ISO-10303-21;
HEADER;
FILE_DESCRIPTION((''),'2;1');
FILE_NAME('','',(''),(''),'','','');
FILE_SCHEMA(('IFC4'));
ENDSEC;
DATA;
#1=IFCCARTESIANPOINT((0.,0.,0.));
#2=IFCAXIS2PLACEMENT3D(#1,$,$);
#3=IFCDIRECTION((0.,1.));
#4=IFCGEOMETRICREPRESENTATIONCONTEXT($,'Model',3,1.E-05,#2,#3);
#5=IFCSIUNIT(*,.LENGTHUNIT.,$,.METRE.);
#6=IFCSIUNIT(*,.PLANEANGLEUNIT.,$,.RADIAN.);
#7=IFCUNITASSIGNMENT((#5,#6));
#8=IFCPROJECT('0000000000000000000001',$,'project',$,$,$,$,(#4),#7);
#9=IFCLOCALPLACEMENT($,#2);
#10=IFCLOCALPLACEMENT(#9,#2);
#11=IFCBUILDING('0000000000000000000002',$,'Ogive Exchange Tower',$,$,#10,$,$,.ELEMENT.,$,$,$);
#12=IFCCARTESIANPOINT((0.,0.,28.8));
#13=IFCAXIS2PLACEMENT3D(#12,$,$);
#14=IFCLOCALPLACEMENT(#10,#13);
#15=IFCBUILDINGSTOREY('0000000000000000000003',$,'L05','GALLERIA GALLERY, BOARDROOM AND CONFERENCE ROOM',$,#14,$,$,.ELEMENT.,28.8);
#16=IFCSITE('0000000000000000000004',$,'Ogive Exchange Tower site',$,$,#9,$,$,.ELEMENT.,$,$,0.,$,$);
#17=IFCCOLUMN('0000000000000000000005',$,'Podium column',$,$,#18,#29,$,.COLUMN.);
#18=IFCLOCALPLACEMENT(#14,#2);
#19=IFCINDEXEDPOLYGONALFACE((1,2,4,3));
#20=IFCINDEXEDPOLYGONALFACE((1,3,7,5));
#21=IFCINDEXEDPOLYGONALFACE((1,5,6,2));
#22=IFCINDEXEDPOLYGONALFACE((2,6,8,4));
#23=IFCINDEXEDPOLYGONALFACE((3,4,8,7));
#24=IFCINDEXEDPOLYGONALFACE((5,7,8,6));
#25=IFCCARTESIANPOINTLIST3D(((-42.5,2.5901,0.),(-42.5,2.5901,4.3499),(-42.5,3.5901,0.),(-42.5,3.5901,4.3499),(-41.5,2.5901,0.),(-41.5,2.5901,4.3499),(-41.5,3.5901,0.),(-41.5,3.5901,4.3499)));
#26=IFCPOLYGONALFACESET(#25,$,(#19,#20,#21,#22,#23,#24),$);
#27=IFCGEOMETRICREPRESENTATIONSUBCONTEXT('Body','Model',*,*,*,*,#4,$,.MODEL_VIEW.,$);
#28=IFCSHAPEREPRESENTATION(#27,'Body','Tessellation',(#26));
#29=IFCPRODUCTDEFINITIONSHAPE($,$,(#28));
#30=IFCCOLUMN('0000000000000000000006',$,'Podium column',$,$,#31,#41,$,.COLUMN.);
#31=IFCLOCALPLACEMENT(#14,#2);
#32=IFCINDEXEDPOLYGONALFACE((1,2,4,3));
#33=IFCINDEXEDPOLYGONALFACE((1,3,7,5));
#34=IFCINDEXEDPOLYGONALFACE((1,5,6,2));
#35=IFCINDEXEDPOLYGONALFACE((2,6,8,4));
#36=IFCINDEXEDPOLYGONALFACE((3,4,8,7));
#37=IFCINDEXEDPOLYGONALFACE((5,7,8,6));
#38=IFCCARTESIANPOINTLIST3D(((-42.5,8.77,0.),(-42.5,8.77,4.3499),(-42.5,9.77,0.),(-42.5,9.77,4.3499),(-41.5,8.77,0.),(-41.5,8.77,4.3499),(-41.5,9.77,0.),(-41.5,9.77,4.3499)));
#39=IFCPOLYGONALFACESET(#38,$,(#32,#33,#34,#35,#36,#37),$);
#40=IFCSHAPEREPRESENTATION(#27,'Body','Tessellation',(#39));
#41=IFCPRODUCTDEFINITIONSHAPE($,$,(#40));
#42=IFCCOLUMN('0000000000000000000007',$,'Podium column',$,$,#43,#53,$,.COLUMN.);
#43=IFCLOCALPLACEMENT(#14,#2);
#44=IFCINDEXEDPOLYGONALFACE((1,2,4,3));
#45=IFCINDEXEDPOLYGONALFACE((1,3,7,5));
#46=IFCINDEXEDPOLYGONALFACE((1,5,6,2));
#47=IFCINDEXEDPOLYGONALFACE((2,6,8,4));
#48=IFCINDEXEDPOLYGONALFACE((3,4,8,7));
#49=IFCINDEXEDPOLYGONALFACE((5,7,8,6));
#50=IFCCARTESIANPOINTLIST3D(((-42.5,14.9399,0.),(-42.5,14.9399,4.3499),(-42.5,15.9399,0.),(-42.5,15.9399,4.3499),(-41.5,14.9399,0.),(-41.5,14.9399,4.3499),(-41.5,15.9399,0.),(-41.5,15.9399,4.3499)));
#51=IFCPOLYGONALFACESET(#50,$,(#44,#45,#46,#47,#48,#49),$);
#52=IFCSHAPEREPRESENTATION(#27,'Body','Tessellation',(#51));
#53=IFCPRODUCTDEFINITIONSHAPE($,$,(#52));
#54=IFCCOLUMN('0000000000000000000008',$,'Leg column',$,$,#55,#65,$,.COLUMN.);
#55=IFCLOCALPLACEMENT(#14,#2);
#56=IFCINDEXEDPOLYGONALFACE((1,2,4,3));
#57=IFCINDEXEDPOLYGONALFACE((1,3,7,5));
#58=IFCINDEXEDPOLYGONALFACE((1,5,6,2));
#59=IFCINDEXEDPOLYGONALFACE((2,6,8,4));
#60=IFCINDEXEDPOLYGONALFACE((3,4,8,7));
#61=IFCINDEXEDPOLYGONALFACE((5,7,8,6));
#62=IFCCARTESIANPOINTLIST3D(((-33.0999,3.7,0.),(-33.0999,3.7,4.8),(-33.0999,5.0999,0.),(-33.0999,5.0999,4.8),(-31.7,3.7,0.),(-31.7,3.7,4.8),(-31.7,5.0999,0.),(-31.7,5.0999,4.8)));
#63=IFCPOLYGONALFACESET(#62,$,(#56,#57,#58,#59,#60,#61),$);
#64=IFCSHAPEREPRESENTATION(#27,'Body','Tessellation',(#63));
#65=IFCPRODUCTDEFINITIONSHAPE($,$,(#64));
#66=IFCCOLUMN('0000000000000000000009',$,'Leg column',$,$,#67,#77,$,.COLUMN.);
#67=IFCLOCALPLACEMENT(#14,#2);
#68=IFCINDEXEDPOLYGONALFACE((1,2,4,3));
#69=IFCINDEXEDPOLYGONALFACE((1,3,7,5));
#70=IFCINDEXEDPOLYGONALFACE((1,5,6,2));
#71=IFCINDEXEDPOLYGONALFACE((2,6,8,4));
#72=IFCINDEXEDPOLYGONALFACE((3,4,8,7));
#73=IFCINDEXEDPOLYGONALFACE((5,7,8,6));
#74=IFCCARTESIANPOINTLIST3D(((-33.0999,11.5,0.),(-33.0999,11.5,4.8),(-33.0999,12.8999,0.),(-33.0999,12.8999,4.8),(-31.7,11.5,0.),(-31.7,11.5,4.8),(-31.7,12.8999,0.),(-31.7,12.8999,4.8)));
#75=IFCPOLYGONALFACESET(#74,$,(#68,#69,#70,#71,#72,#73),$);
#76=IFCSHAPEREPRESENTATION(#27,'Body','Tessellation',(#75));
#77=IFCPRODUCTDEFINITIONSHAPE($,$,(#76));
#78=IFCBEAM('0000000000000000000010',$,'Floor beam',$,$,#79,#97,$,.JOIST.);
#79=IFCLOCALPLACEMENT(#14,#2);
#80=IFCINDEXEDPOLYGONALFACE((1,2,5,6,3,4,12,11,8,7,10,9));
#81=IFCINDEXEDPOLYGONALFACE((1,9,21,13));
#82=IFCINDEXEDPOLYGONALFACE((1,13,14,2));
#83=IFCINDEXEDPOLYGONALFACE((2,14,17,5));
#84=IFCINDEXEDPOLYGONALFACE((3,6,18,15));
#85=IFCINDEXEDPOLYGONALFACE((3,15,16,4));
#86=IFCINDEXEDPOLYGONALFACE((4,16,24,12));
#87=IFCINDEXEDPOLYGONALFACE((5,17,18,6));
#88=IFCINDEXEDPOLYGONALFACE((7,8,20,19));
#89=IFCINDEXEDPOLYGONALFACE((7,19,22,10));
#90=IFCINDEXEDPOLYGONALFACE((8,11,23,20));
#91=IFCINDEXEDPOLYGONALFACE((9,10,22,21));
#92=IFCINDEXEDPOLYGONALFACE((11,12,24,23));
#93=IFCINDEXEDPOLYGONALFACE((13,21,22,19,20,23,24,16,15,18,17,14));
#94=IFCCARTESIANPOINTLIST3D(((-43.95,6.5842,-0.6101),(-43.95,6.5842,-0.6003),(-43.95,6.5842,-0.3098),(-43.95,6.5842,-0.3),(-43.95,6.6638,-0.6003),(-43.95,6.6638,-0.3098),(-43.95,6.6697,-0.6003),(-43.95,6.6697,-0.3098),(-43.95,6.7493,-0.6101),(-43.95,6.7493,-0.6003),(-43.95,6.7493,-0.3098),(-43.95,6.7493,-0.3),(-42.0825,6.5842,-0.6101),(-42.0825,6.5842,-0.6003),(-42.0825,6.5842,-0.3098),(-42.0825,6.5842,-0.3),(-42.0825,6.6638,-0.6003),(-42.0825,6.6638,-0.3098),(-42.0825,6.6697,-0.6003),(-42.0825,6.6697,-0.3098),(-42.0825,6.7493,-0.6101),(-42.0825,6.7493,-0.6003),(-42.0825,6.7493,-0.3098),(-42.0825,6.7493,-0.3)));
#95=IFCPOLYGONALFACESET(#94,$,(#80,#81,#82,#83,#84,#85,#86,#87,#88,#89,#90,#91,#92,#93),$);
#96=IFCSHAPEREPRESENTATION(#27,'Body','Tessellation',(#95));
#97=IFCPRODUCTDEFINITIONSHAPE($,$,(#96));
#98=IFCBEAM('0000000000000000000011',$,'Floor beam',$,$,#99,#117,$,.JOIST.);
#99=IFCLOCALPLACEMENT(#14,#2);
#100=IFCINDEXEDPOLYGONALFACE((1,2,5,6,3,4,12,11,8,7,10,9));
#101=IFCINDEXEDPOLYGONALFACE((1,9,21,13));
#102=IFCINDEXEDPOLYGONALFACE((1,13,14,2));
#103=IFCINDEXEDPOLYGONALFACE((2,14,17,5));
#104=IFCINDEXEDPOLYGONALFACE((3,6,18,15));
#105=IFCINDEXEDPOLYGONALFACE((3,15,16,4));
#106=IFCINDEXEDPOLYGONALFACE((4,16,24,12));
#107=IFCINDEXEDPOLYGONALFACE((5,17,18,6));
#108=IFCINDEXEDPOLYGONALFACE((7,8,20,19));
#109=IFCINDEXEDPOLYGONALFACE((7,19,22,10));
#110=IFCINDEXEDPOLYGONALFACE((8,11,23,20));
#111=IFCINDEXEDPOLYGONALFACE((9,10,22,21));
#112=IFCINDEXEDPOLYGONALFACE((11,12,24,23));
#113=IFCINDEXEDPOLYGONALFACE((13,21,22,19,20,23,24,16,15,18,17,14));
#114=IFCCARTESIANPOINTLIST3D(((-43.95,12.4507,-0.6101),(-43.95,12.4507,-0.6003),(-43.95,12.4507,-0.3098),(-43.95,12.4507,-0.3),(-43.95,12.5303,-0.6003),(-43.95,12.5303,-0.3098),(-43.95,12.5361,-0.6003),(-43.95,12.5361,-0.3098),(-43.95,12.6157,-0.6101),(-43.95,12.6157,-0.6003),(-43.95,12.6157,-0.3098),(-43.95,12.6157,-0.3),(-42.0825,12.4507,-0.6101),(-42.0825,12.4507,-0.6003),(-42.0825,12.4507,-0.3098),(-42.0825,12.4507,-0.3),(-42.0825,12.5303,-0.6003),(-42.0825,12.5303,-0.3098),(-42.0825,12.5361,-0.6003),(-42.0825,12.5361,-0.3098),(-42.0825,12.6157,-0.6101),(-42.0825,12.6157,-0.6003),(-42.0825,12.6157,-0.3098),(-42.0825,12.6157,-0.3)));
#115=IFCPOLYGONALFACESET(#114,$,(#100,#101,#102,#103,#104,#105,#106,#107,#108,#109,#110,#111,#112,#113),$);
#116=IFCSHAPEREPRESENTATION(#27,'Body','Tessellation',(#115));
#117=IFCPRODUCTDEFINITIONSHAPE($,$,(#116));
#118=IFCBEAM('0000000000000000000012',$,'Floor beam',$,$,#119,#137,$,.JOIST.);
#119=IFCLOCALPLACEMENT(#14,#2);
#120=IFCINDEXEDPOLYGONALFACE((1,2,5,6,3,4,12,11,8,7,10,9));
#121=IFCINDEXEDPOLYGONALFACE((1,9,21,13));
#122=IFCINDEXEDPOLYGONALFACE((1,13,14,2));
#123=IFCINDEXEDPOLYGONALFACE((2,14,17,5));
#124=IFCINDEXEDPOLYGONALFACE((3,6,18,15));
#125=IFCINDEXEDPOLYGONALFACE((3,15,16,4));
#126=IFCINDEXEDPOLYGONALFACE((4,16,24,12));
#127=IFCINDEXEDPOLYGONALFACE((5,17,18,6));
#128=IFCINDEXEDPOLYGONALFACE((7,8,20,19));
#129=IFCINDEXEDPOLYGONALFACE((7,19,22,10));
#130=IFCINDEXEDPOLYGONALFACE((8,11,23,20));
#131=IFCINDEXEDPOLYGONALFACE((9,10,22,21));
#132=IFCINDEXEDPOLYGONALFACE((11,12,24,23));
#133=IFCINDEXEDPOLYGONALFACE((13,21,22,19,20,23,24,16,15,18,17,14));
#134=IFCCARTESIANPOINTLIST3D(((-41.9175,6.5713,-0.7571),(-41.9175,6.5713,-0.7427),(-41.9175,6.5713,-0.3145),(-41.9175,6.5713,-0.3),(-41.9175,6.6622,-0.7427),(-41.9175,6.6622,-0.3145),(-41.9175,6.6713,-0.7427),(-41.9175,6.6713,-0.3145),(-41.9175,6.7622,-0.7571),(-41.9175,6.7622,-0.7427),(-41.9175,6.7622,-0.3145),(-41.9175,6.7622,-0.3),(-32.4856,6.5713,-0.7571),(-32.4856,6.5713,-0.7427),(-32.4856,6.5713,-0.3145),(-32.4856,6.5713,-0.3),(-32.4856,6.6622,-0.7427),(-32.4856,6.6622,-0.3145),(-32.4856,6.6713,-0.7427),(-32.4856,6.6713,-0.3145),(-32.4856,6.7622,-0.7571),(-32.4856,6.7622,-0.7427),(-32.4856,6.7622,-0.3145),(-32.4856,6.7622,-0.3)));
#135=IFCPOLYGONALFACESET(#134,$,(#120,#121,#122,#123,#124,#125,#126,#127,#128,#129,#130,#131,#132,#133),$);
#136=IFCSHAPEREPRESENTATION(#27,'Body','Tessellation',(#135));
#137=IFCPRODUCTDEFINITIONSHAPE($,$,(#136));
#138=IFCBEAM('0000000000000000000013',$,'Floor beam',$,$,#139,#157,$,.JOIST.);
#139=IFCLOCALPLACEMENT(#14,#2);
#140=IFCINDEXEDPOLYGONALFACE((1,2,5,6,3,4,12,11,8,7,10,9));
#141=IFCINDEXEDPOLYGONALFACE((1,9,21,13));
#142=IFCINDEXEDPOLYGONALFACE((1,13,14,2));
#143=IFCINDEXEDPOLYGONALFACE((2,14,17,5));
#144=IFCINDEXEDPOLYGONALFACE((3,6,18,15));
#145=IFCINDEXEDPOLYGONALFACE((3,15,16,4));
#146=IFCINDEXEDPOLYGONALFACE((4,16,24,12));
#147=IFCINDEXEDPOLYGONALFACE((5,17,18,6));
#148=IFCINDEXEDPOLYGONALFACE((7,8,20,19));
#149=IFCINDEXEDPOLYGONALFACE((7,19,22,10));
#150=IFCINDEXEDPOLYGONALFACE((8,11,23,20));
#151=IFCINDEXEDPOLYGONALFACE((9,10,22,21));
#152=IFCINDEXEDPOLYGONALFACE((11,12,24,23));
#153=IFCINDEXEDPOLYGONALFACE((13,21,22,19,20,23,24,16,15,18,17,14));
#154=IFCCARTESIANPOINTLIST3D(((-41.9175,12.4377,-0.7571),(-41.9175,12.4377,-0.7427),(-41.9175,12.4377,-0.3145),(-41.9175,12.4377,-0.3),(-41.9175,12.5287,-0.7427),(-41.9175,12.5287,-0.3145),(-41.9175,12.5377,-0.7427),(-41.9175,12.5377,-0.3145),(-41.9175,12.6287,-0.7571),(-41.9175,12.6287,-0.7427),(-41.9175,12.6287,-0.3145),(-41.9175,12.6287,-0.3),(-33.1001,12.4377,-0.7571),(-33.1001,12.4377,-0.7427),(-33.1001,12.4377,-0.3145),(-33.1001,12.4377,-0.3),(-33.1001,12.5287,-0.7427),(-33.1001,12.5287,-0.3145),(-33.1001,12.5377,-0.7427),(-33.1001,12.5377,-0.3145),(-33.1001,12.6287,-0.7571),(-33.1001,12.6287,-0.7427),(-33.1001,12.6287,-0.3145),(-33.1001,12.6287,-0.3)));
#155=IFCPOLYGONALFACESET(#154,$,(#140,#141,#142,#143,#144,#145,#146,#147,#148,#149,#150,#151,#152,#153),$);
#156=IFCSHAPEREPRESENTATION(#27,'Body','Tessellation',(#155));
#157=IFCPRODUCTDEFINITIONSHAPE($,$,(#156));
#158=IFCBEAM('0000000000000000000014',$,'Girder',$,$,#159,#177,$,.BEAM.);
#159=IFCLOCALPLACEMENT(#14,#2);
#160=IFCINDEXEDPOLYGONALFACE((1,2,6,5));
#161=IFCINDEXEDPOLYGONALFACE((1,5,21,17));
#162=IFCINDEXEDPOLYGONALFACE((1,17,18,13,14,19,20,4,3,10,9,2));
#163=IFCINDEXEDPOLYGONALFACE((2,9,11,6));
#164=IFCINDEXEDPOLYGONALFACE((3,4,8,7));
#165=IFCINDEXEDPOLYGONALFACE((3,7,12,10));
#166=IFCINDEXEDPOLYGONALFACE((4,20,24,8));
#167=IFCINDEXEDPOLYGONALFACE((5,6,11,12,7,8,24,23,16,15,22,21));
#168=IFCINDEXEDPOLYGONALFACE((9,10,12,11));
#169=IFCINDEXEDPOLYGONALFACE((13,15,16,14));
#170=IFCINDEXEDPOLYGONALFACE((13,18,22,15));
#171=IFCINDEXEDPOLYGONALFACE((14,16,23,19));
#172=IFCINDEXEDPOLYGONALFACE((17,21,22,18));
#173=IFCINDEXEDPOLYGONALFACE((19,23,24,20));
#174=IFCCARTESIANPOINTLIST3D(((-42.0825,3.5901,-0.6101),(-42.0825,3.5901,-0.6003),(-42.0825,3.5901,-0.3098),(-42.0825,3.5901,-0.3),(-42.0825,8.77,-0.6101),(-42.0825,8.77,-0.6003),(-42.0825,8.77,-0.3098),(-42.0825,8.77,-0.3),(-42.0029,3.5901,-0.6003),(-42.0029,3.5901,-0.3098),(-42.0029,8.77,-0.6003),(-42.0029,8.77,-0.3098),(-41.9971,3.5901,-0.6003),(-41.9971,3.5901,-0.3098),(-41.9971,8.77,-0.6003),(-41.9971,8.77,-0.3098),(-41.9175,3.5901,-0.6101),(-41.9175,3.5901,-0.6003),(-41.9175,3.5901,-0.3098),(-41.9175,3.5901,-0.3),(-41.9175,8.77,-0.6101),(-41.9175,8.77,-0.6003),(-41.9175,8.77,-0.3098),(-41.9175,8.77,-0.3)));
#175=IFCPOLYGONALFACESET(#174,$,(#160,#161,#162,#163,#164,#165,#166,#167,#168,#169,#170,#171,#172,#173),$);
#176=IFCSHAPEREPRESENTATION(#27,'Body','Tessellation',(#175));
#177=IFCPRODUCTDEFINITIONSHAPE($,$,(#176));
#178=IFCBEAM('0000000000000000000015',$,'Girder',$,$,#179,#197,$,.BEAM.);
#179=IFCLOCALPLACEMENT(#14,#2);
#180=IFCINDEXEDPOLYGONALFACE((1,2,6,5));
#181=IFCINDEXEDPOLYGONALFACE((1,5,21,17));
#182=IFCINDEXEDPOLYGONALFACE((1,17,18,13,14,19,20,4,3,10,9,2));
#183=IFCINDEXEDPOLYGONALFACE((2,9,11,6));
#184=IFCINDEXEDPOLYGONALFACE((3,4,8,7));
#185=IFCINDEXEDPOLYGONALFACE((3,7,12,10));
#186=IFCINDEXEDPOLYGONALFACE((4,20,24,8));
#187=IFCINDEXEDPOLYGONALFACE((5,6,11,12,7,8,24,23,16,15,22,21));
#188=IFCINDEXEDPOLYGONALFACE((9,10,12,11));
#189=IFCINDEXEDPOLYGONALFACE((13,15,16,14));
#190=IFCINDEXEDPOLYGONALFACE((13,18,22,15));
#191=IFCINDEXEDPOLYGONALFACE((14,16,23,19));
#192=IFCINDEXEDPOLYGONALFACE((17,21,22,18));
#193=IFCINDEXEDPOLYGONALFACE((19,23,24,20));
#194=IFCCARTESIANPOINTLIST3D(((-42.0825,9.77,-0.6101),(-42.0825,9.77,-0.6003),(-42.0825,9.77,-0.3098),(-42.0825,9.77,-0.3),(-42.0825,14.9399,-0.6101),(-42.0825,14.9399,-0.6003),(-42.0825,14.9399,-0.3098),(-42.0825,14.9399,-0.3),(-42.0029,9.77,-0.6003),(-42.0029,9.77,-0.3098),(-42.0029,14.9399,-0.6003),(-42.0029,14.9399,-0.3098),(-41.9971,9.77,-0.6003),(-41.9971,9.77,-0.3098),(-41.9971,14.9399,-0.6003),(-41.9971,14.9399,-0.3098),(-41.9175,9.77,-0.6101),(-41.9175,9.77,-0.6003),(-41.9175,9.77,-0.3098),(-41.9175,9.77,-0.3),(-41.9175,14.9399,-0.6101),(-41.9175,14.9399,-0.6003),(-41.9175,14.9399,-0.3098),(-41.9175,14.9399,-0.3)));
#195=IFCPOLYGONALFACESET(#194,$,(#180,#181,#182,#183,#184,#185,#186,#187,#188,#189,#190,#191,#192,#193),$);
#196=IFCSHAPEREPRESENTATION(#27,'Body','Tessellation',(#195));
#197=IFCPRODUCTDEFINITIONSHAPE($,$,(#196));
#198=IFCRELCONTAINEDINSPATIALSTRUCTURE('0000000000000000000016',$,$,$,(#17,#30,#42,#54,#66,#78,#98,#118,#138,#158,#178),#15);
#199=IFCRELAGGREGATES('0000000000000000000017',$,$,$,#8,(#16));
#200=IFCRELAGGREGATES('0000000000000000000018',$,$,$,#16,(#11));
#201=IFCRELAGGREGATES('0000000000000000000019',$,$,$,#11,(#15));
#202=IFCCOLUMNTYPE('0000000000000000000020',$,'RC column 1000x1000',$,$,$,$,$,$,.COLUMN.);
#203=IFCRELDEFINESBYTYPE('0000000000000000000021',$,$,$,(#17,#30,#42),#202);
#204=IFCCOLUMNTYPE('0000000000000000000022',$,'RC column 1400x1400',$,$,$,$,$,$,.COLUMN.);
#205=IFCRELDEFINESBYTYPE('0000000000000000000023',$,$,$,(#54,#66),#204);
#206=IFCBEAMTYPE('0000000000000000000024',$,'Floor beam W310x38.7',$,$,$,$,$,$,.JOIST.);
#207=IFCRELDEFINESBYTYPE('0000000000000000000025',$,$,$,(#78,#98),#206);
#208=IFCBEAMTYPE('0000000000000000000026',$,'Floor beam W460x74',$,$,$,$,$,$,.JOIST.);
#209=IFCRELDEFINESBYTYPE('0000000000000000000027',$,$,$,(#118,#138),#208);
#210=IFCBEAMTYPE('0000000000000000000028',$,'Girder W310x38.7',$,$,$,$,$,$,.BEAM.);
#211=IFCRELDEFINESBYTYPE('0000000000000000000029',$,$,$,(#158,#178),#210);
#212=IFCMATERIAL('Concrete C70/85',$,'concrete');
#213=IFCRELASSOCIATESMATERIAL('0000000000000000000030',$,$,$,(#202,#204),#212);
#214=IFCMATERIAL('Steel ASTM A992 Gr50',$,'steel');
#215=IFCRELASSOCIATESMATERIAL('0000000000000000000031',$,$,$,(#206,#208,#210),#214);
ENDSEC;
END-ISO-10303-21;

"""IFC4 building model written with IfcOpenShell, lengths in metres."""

from ifc_helpers import new_model, si_unit, direction, frame, origin, origin_2d, place, context, subcontext, project, spatial, rectangle, i_section, extrude, material, material_profile, profile_set, type_object, element, save


model = new_model("IFC4")

# Units and contexts
model_context = context("Model", 3, precision=1e-05, world=origin(), true_north=direction((0.0, 1.0)))
body_context = subcontext(model_context, "Body", "Model", "MODEL_VIEW")
ifc_project = project(units=[si_unit("LENGTHUNIT", "METRE"), si_unit("PLANEANGLEUNIT", "RADIAN")], contexts=[model_context])

# Site, building, storey
site_placement = place(None, origin())
site = spatial("IfcSite", under=ifc_project, at=site_placement, Name="Ogive Exchange Tower site", CompositionType="ELEMENT", RefElevation=0.0)
building_placement = place(site_placement, origin())
building = spatial("IfcBuilding", under=site, at=building_placement, Name="Ogive Exchange Tower", CompositionType="ELEMENT")
storey_placement = place(building_placement, frame((0.0, 0.0, 28.8)))
storey = spatial("IfcBuildingStorey", under=building, at=storey_placement, Name="L05", Description="GALLERIA GALLERY, BOARDROOM AND CONFERENCE ROOM", CompositionType="ELEMENT", Elevation=28.8)

# Columns
ifc_material_1 = material(Name="Concrete C70/85", Category="concrete")
ifc_material_profile_1 = material_profile(ifc_material_1, rectangle(XDim=1.0, YDim=1.0, at=origin_2d()), Name="RC 1000x1000")
ifc_profile_set_1 = profile_set([ifc_material_profile_1], Name="Concrete C70/85")
column_type_1 = type_object("IfcColumnType", Name="RC column 1000x1000", PredefinedType="COLUMN", material=ifc_profile_set_1)
for number, where, z_axis, x_axis, name in (
    (1, (-42.0, 3.0901, 0.0), (0.0, 0.0, 1.0), (1.0, 0.0, 0.0), "Podium column"),
    (2, (-42.0, 9.27, 0.0), (0.0, 0.0, 1.0), (1.0, 0.0, 0.0), "Podium column"),
    (3, (-42.0, 15.4399, 0.0), (0.0, 0.0, 1.0), (1.0, 0.0, 0.0), "Podium column"),
):
    element("IfcColumn", number, at=place(storey_placement, frame(where, z_axis=z_axis, x_axis=x_axis)), inside=storey, type_object=column_type_1, Name=name, PredefinedType="COLUMN", context=body_context, shape_type="SweptSolid", body=[
        extrude(rectangle(XDim=1.0, YDim=1.0, at=origin_2d()), origin(), (0.0, 0.0, 1.0), 4.3499),
    ])
ifc_material_profile_2 = material_profile(ifc_material_1, rectangle(XDim=1.3999, YDim=1.3999, at=origin_2d()), Name="RC 1400x1400")
ifc_profile_set_2 = profile_set([ifc_material_profile_2], Name="Concrete C70/85")
column_type_2 = type_object("IfcColumnType", Name="RC column 1400x1400", PredefinedType="COLUMN", material=ifc_profile_set_2)
for number, where, z_axis, x_axis, name in (
    (4, (-32.3999, 4.3999, 0.0), (0.0, 0.0, 1.0), (1.0, 0.0, 0.0), "Leg column"),
    (5, (-32.3999, 12.2, 0.0), (0.0, 0.0, 1.0), (1.0, 0.0, 0.0), "Leg column"),
):
    element("IfcColumn", number, at=place(storey_placement, frame(where, z_axis=z_axis, x_axis=x_axis)), inside=storey, type_object=column_type_2, Name=name, PredefinedType="COLUMN", context=body_context, shape_type="SweptSolid", body=[
        extrude(rectangle(XDim=1.3999, YDim=1.3999, at=origin_2d()), origin(), (0.0, 0.0, 1.0), 4.8),
    ])

# Beams
ifc_material_2 = material(Name="Steel ASTM A992 Gr50", Category="steel")
ifc_material_profile_3 = material_profile(ifc_material_2, i_section(OverallWidth=0.165, OverallDepth=0.3101, WebThickness=0.0059, FlangeThickness=0.0098, at=origin_2d()), Name="W310x38.7")
ifc_profile_set_3 = profile_set([ifc_material_profile_3], Name="Steel ASTM A992 Gr50")
beam_type_1 = type_object("IfcBeamType", Name="Floor beam W310x38.7", PredefinedType="JOIST", material=ifc_profile_set_3)
for number, where, z_axis, x_axis, name in (
    (6, (-43.95, 6.6667, -0.4551), (1.0, 0.0, 0.0), (0.0, 1.0, 0.0), "Floor beam"),
    (7, (-43.95, 12.5332, -0.4551), (1.0, 0.0, 0.0), (0.0, 1.0, 0.0), "Floor beam"),
):
    element("IfcBeam", number, at=place(storey_placement, frame(where, z_axis=z_axis, x_axis=x_axis)), inside=storey, type_object=beam_type_1, Name=name, PredefinedType="JOIST", context=body_context, shape_type="SweptSolid", body=[
        extrude(i_section(OverallWidth=0.165, OverallDepth=0.3101, WebThickness=0.0059, FlangeThickness=0.0098, at=origin_2d()), origin(), (0.0, 0.0, 1.0), 1.8674),
    ])
ifc_material_profile_4 = material_profile(ifc_material_2, i_section(OverallWidth=0.1909, OverallDepth=0.457, WebThickness=0.009, FlangeThickness=0.0144, at=origin_2d()), Name="W460x74")
ifc_profile_set_4 = profile_set([ifc_material_profile_4], Name="Steel ASTM A992 Gr50")
beam_type_2 = type_object("IfcBeamType", Name="Floor beam W460x74", PredefinedType="JOIST", material=ifc_profile_set_4)
beam_1_placement = place(storey_placement, frame((-41.9175, 6.6667, -0.5286), z_axis=(1.0, 0.0, 0.0), x_axis=(0.0, 1.0, 0.0)))
element("IfcBeam", 8, at=beam_1_placement, inside=storey, type_object=beam_type_2, Name="Floor beam", PredefinedType="JOIST", context=body_context, shape_type="SweptSolid", body=[
    extrude(i_section(OverallWidth=0.1909, OverallDepth=0.457, WebThickness=0.009, FlangeThickness=0.0144, at=origin_2d()), origin(), (0.0, 0.0, 1.0), 9.4319),
])
beam_2_placement = place(storey_placement, frame((-41.9175, 12.5332, -0.5286), z_axis=(1.0, 0.0, 0.0), x_axis=(0.0, 1.0, 0.0)))
element("IfcBeam", 9, at=beam_2_placement, inside=storey, type_object=beam_type_2, Name="Floor beam", PredefinedType="JOIST", context=body_context, shape_type="SweptSolid", body=[
    extrude(i_section(OverallWidth=0.1909, OverallDepth=0.457, WebThickness=0.009, FlangeThickness=0.0144, at=origin_2d()), origin(), (0.0, 0.0, 1.0), 8.8174),
])
ifc_material_profile_5 = material_profile(ifc_material_2, i_section(OverallWidth=0.165, OverallDepth=0.3101, WebThickness=0.0059, FlangeThickness=0.0098, at=origin_2d()), Name="W310x38.7")
ifc_profile_set_5 = profile_set([ifc_material_profile_5], Name="Steel ASTM A992 Gr50")
beam_type_3 = type_object("IfcBeamType", Name="Girder W310x38.7", PredefinedType="BEAM", material=ifc_profile_set_5)
beam_3_placement = place(storey_placement, frame((-42.0, 3.5901, -0.4551), z_axis=(0.0, 1.0, 0.0), x_axis=(-1.0, 0.0, 0.0)))
element("IfcBeam", 10, at=beam_3_placement, inside=storey, type_object=beam_type_3, Name="Girder", PredefinedType="BEAM", context=body_context, shape_type="SweptSolid", body=[
    extrude(i_section(OverallWidth=0.165, OverallDepth=0.3101, WebThickness=0.0059, FlangeThickness=0.0098, at=origin_2d()), origin(), (0.0, 0.0, 1.0), 5.1799),
])
beam_4_placement = place(storey_placement, frame((-42.0, 9.77, -0.4551), z_axis=(0.0, 1.0, 0.0), x_axis=(-1.0, 0.0, 0.0)))
element("IfcBeam", 11, at=beam_4_placement, inside=storey, type_object=beam_type_3, Name="Girder", PredefinedType="BEAM", context=body_context, shape_type="SweptSolid", body=[
    extrude(i_section(OverallWidth=0.165, OverallDepth=0.3101, WebThickness=0.0059, FlangeThickness=0.0098, at=origin_2d()), origin(), (0.0, 0.0, 1.0), 5.1699),
])

save(model, "model.ifc")
